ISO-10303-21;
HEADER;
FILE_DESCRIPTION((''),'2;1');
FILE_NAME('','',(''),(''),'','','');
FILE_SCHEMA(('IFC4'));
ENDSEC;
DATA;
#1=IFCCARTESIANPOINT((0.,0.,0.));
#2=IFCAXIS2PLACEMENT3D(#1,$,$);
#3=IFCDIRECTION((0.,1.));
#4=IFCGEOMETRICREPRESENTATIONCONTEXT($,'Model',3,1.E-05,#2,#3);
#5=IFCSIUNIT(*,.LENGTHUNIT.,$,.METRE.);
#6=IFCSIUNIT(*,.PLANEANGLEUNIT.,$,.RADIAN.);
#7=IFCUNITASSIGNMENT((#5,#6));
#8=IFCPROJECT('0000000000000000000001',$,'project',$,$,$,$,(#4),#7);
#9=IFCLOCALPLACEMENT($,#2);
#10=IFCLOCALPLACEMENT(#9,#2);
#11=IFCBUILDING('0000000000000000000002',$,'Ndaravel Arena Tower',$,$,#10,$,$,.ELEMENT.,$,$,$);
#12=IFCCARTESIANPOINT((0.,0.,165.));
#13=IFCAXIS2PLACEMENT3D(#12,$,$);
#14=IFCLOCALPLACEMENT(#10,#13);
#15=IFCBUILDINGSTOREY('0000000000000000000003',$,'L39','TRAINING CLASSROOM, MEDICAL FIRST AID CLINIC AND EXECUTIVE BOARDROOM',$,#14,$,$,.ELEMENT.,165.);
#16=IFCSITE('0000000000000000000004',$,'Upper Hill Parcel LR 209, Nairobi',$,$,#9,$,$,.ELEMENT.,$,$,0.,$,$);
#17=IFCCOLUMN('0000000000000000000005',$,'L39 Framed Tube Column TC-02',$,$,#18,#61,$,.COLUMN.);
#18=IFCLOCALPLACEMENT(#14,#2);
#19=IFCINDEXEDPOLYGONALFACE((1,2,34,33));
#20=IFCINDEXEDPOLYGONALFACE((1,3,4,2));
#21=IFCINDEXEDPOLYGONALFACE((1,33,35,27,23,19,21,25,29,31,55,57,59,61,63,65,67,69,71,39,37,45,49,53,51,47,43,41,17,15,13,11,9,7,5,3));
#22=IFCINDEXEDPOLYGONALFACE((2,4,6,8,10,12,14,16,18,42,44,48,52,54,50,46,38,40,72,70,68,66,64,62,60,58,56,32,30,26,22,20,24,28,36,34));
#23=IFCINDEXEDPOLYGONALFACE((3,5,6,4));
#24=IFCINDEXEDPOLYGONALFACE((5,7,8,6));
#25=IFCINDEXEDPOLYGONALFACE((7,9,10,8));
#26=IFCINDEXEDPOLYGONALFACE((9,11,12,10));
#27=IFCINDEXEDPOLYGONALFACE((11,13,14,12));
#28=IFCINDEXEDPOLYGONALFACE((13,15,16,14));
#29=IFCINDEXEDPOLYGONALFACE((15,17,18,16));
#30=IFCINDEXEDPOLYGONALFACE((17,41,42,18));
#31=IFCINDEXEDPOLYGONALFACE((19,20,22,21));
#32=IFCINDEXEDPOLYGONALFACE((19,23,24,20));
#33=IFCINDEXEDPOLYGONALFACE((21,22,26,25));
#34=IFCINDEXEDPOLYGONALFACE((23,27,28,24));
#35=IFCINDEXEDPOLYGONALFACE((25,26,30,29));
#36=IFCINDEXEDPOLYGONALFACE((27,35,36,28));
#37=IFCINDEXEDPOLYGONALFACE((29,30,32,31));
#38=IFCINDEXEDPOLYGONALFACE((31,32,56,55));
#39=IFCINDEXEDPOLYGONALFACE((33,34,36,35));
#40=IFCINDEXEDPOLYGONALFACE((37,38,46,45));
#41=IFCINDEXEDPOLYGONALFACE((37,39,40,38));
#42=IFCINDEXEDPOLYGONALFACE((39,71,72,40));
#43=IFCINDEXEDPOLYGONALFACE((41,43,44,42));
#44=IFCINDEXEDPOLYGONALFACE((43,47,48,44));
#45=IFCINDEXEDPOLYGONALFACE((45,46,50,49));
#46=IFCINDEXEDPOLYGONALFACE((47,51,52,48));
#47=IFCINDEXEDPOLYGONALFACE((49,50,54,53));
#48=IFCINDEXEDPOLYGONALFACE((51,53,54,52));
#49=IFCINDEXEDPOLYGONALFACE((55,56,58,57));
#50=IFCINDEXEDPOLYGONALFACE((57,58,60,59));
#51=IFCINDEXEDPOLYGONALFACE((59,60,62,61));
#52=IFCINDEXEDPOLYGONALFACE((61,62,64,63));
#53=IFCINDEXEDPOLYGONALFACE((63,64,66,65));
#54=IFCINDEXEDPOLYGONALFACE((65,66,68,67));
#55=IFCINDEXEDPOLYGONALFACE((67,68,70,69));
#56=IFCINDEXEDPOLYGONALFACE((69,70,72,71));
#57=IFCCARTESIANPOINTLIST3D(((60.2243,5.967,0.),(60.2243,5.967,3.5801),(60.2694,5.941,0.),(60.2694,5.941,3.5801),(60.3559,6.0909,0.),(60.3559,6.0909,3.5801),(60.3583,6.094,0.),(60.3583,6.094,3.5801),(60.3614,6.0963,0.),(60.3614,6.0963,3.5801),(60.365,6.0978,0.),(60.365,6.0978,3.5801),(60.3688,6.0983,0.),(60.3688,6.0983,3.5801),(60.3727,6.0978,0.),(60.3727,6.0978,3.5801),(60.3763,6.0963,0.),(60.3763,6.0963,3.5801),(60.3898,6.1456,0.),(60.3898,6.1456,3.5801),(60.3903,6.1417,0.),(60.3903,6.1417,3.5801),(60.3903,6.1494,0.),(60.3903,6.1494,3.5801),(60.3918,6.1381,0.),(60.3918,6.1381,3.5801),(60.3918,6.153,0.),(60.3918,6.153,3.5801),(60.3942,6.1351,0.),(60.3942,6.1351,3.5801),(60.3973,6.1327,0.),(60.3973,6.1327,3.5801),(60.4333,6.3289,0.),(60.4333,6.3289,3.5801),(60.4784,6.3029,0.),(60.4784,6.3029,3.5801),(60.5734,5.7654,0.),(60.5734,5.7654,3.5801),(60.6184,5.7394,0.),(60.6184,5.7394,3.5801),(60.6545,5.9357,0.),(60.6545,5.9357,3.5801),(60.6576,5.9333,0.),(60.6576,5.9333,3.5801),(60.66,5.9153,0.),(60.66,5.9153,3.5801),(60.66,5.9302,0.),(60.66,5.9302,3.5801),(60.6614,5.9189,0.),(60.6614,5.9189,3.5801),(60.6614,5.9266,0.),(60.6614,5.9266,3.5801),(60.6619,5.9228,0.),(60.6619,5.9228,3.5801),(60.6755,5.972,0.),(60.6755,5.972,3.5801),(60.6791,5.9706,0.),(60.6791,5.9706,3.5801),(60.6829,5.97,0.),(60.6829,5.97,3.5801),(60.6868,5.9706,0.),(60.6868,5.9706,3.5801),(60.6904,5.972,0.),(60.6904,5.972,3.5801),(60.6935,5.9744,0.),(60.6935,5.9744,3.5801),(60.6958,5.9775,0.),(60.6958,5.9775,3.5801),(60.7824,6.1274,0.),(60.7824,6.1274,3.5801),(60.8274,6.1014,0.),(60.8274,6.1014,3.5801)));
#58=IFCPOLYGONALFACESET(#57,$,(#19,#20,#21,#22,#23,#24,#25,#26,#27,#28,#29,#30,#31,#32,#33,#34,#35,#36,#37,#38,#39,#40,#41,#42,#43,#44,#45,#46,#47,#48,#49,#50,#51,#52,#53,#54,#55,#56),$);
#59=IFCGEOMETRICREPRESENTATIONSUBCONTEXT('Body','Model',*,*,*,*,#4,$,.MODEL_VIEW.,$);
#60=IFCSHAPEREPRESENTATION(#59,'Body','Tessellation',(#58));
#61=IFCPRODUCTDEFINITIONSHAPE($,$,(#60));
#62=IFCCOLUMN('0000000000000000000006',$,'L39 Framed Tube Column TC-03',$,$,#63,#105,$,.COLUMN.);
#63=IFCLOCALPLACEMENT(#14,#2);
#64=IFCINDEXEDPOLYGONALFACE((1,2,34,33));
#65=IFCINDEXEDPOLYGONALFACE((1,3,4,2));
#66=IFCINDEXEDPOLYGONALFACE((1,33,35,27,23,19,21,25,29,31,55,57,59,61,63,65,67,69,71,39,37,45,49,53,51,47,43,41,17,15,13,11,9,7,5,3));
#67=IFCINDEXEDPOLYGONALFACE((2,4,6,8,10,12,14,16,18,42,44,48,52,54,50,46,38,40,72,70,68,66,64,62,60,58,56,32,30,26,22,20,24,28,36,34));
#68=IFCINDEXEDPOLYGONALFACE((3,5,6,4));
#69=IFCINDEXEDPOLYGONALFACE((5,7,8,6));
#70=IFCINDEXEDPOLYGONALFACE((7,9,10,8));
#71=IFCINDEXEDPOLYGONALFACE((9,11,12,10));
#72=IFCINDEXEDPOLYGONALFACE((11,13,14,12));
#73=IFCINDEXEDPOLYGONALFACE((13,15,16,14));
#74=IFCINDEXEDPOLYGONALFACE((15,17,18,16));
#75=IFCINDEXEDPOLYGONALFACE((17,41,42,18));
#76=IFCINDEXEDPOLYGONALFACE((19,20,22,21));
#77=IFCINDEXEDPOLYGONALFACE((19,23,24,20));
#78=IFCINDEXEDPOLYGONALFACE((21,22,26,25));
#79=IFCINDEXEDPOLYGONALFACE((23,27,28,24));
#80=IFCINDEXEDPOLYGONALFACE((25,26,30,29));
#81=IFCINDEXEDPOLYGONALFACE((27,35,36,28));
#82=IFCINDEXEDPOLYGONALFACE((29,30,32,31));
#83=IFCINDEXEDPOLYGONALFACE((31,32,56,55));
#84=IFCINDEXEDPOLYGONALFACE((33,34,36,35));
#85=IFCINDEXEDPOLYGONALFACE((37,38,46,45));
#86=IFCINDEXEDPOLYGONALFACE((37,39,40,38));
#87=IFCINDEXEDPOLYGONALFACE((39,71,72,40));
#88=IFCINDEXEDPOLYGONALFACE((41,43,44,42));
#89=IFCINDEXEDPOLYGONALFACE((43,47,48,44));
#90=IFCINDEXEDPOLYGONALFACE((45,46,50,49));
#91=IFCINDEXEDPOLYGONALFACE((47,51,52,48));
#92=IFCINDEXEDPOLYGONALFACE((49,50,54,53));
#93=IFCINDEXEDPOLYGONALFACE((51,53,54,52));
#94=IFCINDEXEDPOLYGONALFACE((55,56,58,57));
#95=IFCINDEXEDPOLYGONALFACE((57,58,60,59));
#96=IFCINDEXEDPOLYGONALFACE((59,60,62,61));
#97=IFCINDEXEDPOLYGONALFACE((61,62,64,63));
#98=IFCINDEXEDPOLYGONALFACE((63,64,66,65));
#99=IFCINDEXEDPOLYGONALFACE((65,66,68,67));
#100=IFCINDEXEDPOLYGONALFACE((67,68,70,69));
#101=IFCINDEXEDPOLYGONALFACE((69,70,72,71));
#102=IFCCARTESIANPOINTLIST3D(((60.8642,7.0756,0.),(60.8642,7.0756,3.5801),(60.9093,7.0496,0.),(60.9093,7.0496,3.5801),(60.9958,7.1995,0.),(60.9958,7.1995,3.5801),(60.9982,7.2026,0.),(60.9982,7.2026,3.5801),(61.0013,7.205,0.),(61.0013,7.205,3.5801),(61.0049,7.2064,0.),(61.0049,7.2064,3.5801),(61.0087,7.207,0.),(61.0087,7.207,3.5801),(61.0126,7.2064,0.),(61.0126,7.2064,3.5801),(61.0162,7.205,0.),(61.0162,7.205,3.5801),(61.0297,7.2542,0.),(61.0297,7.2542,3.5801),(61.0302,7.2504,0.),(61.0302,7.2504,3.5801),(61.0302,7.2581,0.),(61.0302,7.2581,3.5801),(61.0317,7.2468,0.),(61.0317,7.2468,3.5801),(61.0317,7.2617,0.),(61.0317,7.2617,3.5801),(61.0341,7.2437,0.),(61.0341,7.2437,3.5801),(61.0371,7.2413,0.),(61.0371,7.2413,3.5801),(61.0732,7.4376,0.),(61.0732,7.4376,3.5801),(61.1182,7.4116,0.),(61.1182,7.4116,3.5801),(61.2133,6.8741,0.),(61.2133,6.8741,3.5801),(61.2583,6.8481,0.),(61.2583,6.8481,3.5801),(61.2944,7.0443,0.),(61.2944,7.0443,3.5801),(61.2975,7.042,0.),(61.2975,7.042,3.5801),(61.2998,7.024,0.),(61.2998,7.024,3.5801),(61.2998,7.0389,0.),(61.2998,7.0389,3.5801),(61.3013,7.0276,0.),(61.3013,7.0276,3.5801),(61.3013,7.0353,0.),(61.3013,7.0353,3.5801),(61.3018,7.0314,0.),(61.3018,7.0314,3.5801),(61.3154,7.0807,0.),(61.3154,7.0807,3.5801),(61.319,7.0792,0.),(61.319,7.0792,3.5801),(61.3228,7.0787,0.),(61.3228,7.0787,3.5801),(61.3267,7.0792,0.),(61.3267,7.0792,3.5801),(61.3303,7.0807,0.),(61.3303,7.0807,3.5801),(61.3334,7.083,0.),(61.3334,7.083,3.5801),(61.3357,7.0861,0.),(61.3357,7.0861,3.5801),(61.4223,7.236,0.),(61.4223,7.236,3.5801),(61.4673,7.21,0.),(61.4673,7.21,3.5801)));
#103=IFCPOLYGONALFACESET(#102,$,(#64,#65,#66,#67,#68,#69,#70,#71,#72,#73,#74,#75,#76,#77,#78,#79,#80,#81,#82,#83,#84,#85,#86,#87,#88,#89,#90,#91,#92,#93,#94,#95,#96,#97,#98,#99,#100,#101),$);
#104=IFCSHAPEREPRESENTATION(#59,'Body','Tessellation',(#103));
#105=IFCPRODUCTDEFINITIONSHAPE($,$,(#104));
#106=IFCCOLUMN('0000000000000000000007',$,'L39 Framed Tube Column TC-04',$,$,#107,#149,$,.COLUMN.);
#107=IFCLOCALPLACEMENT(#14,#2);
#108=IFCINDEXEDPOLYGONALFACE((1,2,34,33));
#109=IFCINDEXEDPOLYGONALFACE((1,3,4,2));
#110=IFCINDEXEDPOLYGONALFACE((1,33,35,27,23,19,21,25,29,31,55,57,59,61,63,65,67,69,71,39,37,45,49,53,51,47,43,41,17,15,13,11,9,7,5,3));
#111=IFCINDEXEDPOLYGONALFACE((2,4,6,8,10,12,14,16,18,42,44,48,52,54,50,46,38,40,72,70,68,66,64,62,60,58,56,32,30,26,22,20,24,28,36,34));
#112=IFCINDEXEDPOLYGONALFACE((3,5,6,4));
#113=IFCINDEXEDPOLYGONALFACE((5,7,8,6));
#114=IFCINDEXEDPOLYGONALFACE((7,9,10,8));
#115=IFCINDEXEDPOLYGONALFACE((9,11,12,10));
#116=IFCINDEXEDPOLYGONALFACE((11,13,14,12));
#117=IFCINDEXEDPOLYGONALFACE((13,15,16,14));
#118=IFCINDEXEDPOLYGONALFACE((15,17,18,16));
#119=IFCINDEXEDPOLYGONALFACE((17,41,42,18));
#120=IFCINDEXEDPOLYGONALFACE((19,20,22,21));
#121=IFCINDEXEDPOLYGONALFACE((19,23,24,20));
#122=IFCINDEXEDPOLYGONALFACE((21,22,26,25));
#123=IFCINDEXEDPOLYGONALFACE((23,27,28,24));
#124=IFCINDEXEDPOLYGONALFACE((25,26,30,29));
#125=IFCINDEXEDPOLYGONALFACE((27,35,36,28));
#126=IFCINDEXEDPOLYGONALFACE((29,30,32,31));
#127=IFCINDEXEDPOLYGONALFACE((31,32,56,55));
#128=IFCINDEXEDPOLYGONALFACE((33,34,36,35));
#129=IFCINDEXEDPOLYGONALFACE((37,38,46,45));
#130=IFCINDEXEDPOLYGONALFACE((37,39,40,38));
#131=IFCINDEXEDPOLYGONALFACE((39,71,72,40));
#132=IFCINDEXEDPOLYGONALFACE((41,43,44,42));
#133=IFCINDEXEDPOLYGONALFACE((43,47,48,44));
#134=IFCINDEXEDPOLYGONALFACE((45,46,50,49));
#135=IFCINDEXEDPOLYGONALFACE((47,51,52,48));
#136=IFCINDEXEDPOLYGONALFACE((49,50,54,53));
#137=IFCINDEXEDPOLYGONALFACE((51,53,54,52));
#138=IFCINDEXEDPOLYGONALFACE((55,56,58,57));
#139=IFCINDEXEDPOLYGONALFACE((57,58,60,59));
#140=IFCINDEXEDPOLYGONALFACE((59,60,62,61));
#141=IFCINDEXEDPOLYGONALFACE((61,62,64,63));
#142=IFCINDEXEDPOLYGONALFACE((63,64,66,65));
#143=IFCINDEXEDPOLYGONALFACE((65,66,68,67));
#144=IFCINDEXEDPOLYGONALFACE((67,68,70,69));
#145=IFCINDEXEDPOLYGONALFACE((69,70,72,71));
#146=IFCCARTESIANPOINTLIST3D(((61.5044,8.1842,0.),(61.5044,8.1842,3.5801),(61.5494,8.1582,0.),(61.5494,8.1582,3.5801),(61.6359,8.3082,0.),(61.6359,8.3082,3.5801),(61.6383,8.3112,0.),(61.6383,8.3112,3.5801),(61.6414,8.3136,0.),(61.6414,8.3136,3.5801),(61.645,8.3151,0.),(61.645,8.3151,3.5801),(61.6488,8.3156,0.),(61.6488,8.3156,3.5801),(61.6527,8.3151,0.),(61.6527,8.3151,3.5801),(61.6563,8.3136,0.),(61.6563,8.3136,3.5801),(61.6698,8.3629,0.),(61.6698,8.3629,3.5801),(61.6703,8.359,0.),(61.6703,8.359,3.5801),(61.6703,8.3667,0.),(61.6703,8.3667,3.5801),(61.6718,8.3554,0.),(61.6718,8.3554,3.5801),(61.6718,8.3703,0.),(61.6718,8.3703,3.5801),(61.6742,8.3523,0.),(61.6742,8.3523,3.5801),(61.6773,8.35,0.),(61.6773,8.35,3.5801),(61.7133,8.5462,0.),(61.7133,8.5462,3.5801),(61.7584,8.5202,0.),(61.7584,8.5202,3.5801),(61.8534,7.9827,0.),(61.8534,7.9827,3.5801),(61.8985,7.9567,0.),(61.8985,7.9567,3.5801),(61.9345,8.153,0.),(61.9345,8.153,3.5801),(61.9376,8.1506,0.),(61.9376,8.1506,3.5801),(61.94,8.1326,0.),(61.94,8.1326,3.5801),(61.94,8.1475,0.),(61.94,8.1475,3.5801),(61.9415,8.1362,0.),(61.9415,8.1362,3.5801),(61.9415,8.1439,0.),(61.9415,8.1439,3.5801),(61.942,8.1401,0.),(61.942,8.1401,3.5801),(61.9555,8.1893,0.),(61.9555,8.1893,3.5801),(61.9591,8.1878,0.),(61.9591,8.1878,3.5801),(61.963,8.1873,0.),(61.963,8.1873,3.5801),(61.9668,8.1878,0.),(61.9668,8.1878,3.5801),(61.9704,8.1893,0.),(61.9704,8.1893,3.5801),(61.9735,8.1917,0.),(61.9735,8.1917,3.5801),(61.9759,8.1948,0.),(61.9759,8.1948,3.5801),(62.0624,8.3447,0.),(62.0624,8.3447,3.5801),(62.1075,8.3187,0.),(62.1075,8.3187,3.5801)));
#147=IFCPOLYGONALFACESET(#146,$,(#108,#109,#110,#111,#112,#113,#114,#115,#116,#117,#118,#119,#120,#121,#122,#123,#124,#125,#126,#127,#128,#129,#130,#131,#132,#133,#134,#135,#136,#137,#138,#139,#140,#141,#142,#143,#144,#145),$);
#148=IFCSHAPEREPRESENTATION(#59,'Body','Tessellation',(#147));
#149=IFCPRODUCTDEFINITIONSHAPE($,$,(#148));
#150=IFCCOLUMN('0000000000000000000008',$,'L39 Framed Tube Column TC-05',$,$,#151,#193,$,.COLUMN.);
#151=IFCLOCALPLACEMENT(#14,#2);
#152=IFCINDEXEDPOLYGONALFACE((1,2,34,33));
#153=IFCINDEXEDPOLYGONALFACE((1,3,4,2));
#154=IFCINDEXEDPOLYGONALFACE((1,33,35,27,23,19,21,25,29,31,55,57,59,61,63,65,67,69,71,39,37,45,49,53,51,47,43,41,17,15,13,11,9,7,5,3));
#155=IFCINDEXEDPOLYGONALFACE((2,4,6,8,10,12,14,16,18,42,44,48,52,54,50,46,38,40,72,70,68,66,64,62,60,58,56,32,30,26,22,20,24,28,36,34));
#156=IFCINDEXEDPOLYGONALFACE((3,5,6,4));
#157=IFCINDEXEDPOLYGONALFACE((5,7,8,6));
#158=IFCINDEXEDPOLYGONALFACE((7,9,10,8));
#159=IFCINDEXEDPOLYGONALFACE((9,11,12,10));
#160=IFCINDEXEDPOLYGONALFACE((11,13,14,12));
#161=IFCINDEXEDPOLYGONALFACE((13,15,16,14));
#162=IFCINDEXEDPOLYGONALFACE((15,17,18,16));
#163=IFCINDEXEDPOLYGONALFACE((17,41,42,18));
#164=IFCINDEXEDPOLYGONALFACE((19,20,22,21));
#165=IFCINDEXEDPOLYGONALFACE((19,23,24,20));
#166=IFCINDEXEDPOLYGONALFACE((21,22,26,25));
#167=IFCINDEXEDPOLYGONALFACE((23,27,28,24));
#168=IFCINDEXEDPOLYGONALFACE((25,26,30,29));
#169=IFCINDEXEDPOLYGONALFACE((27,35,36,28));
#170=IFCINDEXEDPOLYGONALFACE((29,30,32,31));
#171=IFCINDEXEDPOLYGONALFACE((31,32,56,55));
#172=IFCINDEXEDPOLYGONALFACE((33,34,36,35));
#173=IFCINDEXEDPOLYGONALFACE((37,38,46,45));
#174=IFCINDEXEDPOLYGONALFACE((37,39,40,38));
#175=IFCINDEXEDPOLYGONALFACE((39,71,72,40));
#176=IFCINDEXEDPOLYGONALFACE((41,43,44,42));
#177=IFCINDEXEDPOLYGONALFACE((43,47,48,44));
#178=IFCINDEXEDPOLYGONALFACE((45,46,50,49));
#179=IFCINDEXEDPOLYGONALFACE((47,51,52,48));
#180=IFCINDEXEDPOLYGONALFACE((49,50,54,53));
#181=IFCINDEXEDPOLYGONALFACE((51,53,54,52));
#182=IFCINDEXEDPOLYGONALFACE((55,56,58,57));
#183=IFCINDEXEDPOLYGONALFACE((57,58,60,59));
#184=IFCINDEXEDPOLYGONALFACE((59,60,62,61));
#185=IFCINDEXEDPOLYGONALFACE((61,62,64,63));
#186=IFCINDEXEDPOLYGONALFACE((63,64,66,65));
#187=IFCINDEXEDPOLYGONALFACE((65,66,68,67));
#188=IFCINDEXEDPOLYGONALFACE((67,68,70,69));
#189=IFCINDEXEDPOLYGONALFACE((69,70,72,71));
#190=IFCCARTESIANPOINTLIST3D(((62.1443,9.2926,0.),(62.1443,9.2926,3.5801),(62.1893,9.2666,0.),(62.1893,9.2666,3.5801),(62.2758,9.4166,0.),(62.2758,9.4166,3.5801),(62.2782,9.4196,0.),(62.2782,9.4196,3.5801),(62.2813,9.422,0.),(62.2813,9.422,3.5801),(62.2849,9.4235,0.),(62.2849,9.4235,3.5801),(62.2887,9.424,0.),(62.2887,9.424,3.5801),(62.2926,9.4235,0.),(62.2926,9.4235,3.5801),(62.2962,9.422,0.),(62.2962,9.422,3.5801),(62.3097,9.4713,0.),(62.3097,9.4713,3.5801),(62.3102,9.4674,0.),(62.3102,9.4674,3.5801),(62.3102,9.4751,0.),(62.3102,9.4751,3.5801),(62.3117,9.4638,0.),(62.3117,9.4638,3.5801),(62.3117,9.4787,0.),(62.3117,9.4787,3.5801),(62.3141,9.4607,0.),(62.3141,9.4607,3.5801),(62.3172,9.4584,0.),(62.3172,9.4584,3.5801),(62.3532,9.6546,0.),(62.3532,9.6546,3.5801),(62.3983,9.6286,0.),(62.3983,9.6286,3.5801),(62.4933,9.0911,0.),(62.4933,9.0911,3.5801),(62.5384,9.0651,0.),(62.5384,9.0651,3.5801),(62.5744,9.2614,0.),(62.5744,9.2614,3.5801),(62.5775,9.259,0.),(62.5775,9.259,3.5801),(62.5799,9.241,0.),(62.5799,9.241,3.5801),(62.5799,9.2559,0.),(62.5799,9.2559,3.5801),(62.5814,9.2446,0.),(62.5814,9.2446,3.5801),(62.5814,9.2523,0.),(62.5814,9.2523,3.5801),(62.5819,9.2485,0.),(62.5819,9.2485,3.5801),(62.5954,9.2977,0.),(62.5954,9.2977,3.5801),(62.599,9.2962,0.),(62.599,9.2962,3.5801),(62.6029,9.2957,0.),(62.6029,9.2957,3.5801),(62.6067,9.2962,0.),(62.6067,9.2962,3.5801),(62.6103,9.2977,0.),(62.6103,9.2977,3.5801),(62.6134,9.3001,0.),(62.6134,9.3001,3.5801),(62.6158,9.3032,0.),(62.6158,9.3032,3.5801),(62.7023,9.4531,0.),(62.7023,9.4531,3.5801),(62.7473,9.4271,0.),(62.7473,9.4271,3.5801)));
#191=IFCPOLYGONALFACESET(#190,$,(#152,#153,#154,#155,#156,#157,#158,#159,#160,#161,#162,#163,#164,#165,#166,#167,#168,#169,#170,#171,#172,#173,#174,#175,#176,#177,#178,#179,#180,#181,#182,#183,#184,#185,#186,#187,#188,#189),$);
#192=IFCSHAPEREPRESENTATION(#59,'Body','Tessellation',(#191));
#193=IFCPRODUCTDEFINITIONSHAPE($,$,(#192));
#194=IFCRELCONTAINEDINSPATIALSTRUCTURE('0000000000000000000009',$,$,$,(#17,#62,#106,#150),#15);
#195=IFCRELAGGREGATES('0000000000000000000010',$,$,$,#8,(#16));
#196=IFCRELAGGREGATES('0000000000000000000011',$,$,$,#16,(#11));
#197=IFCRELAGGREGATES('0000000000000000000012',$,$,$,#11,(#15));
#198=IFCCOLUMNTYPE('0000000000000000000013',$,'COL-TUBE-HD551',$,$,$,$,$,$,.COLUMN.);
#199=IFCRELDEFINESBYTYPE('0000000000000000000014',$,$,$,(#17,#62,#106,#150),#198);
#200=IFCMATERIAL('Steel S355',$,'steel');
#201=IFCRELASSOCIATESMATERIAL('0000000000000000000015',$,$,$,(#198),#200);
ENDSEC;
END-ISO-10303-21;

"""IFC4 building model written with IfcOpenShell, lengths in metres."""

from ifc_helpers import new_model, si_unit, direction, frame, origin, origin_2d, place, context, subcontext, project, spatial, i_section, extrude, material, material_profile, profile_set, type_object, element, save


model = new_model("IFC4")

# Units and contexts
model_context = context("Model", 3, precision=1e-05, world=origin(), true_north=direction((0.0, 1.0)))
body_context = subcontext(model_context, "Body", "Model", "MODEL_VIEW")
ifc_project = project(units=[si_unit("LENGTHUNIT", "METRE"), si_unit("PLANEANGLEUNIT", "RADIAN")], contexts=[model_context])

# Site, building, storey
site_placement = place(None, origin())
site = spatial("IfcSite", under=ifc_project, at=site_placement, Name="Upper Hill Parcel LR 209, Nairobi", CompositionType="ELEMENT", RefElevation=0.0)
building_placement = place(site_placement, origin())
building = spatial("IfcBuilding", under=site, at=building_placement, Name="Ndaravel Arena Tower", CompositionType="ELEMENT")
storey_placement = place(building_placement, frame((0.0, 0.0, 165.0)))
storey = spatial("IfcBuildingStorey", under=building, at=storey_placement, Name="L39", Description="TRAINING CLASSROOM, MEDICAL FIRST AID CLINIC AND EXECUTIVE BOARDROOM", CompositionType="ELEMENT", Elevation=165.0)

# Columns
ifc_material_1 = material(Name="Steel S355", Category="steel")
ifc_material_profile_1 = material_profile(ifc_material_1, i_section(OverallWidth=0.418, OverallDepth=0.4551, WebThickness=0.042, FlangeThickness=0.052, FilletRadius=0.0149, at=origin_2d()), Name="HD 400x551")
ifc_profile_set_1 = profile_set([ifc_material_profile_1], Name="Steel S355")
column_type = type_object("IfcColumnType", Name="COL-TUBE-HD551", PredefinedType="COLUMN", material=ifc_profile_set_1)
for number, where, z_axis, x_axis, name in (
    (1, (60.5259, 6.0342, 0.0), (0.0, 0.0, 1.0), (0.5, 0.866025, 0.0), "L39 Framed Tube Column TC-02"),
    (2, (61.1658, 7.1428, 0.0), (0.0, 0.0, 1.0), (0.5, 0.866025, 0.0), "L39 Framed Tube Column TC-03"),
    (3, (61.8059, 8.2515, 0.0), (0.0, 0.0, 1.0), (0.5, 0.866025, 0.0), "L39 Framed Tube Column TC-04"),
    (4, (62.4458, 9.3599, 0.0), (0.0, 0.0, 1.0), (0.5, 0.866025, 0.0), "L39 Framed Tube Column TC-05"),
):
    element("IfcColumn", number, at=place(storey_placement, frame(where, z_axis=z_axis, x_axis=x_axis)), inside=storey, type_object=column_type, Name=name, PredefinedType="COLUMN", context=body_context, shape_type="SweptSolid", body=[
        extrude(i_section(OverallWidth=0.418, OverallDepth=0.4551, WebThickness=0.042, FlangeThickness=0.052, FilletRadius=0.0149, at=origin_2d()), origin(), (0.0, 0.0, 1.0), 3.5801),
    ])

save(model, "model.ifc")
